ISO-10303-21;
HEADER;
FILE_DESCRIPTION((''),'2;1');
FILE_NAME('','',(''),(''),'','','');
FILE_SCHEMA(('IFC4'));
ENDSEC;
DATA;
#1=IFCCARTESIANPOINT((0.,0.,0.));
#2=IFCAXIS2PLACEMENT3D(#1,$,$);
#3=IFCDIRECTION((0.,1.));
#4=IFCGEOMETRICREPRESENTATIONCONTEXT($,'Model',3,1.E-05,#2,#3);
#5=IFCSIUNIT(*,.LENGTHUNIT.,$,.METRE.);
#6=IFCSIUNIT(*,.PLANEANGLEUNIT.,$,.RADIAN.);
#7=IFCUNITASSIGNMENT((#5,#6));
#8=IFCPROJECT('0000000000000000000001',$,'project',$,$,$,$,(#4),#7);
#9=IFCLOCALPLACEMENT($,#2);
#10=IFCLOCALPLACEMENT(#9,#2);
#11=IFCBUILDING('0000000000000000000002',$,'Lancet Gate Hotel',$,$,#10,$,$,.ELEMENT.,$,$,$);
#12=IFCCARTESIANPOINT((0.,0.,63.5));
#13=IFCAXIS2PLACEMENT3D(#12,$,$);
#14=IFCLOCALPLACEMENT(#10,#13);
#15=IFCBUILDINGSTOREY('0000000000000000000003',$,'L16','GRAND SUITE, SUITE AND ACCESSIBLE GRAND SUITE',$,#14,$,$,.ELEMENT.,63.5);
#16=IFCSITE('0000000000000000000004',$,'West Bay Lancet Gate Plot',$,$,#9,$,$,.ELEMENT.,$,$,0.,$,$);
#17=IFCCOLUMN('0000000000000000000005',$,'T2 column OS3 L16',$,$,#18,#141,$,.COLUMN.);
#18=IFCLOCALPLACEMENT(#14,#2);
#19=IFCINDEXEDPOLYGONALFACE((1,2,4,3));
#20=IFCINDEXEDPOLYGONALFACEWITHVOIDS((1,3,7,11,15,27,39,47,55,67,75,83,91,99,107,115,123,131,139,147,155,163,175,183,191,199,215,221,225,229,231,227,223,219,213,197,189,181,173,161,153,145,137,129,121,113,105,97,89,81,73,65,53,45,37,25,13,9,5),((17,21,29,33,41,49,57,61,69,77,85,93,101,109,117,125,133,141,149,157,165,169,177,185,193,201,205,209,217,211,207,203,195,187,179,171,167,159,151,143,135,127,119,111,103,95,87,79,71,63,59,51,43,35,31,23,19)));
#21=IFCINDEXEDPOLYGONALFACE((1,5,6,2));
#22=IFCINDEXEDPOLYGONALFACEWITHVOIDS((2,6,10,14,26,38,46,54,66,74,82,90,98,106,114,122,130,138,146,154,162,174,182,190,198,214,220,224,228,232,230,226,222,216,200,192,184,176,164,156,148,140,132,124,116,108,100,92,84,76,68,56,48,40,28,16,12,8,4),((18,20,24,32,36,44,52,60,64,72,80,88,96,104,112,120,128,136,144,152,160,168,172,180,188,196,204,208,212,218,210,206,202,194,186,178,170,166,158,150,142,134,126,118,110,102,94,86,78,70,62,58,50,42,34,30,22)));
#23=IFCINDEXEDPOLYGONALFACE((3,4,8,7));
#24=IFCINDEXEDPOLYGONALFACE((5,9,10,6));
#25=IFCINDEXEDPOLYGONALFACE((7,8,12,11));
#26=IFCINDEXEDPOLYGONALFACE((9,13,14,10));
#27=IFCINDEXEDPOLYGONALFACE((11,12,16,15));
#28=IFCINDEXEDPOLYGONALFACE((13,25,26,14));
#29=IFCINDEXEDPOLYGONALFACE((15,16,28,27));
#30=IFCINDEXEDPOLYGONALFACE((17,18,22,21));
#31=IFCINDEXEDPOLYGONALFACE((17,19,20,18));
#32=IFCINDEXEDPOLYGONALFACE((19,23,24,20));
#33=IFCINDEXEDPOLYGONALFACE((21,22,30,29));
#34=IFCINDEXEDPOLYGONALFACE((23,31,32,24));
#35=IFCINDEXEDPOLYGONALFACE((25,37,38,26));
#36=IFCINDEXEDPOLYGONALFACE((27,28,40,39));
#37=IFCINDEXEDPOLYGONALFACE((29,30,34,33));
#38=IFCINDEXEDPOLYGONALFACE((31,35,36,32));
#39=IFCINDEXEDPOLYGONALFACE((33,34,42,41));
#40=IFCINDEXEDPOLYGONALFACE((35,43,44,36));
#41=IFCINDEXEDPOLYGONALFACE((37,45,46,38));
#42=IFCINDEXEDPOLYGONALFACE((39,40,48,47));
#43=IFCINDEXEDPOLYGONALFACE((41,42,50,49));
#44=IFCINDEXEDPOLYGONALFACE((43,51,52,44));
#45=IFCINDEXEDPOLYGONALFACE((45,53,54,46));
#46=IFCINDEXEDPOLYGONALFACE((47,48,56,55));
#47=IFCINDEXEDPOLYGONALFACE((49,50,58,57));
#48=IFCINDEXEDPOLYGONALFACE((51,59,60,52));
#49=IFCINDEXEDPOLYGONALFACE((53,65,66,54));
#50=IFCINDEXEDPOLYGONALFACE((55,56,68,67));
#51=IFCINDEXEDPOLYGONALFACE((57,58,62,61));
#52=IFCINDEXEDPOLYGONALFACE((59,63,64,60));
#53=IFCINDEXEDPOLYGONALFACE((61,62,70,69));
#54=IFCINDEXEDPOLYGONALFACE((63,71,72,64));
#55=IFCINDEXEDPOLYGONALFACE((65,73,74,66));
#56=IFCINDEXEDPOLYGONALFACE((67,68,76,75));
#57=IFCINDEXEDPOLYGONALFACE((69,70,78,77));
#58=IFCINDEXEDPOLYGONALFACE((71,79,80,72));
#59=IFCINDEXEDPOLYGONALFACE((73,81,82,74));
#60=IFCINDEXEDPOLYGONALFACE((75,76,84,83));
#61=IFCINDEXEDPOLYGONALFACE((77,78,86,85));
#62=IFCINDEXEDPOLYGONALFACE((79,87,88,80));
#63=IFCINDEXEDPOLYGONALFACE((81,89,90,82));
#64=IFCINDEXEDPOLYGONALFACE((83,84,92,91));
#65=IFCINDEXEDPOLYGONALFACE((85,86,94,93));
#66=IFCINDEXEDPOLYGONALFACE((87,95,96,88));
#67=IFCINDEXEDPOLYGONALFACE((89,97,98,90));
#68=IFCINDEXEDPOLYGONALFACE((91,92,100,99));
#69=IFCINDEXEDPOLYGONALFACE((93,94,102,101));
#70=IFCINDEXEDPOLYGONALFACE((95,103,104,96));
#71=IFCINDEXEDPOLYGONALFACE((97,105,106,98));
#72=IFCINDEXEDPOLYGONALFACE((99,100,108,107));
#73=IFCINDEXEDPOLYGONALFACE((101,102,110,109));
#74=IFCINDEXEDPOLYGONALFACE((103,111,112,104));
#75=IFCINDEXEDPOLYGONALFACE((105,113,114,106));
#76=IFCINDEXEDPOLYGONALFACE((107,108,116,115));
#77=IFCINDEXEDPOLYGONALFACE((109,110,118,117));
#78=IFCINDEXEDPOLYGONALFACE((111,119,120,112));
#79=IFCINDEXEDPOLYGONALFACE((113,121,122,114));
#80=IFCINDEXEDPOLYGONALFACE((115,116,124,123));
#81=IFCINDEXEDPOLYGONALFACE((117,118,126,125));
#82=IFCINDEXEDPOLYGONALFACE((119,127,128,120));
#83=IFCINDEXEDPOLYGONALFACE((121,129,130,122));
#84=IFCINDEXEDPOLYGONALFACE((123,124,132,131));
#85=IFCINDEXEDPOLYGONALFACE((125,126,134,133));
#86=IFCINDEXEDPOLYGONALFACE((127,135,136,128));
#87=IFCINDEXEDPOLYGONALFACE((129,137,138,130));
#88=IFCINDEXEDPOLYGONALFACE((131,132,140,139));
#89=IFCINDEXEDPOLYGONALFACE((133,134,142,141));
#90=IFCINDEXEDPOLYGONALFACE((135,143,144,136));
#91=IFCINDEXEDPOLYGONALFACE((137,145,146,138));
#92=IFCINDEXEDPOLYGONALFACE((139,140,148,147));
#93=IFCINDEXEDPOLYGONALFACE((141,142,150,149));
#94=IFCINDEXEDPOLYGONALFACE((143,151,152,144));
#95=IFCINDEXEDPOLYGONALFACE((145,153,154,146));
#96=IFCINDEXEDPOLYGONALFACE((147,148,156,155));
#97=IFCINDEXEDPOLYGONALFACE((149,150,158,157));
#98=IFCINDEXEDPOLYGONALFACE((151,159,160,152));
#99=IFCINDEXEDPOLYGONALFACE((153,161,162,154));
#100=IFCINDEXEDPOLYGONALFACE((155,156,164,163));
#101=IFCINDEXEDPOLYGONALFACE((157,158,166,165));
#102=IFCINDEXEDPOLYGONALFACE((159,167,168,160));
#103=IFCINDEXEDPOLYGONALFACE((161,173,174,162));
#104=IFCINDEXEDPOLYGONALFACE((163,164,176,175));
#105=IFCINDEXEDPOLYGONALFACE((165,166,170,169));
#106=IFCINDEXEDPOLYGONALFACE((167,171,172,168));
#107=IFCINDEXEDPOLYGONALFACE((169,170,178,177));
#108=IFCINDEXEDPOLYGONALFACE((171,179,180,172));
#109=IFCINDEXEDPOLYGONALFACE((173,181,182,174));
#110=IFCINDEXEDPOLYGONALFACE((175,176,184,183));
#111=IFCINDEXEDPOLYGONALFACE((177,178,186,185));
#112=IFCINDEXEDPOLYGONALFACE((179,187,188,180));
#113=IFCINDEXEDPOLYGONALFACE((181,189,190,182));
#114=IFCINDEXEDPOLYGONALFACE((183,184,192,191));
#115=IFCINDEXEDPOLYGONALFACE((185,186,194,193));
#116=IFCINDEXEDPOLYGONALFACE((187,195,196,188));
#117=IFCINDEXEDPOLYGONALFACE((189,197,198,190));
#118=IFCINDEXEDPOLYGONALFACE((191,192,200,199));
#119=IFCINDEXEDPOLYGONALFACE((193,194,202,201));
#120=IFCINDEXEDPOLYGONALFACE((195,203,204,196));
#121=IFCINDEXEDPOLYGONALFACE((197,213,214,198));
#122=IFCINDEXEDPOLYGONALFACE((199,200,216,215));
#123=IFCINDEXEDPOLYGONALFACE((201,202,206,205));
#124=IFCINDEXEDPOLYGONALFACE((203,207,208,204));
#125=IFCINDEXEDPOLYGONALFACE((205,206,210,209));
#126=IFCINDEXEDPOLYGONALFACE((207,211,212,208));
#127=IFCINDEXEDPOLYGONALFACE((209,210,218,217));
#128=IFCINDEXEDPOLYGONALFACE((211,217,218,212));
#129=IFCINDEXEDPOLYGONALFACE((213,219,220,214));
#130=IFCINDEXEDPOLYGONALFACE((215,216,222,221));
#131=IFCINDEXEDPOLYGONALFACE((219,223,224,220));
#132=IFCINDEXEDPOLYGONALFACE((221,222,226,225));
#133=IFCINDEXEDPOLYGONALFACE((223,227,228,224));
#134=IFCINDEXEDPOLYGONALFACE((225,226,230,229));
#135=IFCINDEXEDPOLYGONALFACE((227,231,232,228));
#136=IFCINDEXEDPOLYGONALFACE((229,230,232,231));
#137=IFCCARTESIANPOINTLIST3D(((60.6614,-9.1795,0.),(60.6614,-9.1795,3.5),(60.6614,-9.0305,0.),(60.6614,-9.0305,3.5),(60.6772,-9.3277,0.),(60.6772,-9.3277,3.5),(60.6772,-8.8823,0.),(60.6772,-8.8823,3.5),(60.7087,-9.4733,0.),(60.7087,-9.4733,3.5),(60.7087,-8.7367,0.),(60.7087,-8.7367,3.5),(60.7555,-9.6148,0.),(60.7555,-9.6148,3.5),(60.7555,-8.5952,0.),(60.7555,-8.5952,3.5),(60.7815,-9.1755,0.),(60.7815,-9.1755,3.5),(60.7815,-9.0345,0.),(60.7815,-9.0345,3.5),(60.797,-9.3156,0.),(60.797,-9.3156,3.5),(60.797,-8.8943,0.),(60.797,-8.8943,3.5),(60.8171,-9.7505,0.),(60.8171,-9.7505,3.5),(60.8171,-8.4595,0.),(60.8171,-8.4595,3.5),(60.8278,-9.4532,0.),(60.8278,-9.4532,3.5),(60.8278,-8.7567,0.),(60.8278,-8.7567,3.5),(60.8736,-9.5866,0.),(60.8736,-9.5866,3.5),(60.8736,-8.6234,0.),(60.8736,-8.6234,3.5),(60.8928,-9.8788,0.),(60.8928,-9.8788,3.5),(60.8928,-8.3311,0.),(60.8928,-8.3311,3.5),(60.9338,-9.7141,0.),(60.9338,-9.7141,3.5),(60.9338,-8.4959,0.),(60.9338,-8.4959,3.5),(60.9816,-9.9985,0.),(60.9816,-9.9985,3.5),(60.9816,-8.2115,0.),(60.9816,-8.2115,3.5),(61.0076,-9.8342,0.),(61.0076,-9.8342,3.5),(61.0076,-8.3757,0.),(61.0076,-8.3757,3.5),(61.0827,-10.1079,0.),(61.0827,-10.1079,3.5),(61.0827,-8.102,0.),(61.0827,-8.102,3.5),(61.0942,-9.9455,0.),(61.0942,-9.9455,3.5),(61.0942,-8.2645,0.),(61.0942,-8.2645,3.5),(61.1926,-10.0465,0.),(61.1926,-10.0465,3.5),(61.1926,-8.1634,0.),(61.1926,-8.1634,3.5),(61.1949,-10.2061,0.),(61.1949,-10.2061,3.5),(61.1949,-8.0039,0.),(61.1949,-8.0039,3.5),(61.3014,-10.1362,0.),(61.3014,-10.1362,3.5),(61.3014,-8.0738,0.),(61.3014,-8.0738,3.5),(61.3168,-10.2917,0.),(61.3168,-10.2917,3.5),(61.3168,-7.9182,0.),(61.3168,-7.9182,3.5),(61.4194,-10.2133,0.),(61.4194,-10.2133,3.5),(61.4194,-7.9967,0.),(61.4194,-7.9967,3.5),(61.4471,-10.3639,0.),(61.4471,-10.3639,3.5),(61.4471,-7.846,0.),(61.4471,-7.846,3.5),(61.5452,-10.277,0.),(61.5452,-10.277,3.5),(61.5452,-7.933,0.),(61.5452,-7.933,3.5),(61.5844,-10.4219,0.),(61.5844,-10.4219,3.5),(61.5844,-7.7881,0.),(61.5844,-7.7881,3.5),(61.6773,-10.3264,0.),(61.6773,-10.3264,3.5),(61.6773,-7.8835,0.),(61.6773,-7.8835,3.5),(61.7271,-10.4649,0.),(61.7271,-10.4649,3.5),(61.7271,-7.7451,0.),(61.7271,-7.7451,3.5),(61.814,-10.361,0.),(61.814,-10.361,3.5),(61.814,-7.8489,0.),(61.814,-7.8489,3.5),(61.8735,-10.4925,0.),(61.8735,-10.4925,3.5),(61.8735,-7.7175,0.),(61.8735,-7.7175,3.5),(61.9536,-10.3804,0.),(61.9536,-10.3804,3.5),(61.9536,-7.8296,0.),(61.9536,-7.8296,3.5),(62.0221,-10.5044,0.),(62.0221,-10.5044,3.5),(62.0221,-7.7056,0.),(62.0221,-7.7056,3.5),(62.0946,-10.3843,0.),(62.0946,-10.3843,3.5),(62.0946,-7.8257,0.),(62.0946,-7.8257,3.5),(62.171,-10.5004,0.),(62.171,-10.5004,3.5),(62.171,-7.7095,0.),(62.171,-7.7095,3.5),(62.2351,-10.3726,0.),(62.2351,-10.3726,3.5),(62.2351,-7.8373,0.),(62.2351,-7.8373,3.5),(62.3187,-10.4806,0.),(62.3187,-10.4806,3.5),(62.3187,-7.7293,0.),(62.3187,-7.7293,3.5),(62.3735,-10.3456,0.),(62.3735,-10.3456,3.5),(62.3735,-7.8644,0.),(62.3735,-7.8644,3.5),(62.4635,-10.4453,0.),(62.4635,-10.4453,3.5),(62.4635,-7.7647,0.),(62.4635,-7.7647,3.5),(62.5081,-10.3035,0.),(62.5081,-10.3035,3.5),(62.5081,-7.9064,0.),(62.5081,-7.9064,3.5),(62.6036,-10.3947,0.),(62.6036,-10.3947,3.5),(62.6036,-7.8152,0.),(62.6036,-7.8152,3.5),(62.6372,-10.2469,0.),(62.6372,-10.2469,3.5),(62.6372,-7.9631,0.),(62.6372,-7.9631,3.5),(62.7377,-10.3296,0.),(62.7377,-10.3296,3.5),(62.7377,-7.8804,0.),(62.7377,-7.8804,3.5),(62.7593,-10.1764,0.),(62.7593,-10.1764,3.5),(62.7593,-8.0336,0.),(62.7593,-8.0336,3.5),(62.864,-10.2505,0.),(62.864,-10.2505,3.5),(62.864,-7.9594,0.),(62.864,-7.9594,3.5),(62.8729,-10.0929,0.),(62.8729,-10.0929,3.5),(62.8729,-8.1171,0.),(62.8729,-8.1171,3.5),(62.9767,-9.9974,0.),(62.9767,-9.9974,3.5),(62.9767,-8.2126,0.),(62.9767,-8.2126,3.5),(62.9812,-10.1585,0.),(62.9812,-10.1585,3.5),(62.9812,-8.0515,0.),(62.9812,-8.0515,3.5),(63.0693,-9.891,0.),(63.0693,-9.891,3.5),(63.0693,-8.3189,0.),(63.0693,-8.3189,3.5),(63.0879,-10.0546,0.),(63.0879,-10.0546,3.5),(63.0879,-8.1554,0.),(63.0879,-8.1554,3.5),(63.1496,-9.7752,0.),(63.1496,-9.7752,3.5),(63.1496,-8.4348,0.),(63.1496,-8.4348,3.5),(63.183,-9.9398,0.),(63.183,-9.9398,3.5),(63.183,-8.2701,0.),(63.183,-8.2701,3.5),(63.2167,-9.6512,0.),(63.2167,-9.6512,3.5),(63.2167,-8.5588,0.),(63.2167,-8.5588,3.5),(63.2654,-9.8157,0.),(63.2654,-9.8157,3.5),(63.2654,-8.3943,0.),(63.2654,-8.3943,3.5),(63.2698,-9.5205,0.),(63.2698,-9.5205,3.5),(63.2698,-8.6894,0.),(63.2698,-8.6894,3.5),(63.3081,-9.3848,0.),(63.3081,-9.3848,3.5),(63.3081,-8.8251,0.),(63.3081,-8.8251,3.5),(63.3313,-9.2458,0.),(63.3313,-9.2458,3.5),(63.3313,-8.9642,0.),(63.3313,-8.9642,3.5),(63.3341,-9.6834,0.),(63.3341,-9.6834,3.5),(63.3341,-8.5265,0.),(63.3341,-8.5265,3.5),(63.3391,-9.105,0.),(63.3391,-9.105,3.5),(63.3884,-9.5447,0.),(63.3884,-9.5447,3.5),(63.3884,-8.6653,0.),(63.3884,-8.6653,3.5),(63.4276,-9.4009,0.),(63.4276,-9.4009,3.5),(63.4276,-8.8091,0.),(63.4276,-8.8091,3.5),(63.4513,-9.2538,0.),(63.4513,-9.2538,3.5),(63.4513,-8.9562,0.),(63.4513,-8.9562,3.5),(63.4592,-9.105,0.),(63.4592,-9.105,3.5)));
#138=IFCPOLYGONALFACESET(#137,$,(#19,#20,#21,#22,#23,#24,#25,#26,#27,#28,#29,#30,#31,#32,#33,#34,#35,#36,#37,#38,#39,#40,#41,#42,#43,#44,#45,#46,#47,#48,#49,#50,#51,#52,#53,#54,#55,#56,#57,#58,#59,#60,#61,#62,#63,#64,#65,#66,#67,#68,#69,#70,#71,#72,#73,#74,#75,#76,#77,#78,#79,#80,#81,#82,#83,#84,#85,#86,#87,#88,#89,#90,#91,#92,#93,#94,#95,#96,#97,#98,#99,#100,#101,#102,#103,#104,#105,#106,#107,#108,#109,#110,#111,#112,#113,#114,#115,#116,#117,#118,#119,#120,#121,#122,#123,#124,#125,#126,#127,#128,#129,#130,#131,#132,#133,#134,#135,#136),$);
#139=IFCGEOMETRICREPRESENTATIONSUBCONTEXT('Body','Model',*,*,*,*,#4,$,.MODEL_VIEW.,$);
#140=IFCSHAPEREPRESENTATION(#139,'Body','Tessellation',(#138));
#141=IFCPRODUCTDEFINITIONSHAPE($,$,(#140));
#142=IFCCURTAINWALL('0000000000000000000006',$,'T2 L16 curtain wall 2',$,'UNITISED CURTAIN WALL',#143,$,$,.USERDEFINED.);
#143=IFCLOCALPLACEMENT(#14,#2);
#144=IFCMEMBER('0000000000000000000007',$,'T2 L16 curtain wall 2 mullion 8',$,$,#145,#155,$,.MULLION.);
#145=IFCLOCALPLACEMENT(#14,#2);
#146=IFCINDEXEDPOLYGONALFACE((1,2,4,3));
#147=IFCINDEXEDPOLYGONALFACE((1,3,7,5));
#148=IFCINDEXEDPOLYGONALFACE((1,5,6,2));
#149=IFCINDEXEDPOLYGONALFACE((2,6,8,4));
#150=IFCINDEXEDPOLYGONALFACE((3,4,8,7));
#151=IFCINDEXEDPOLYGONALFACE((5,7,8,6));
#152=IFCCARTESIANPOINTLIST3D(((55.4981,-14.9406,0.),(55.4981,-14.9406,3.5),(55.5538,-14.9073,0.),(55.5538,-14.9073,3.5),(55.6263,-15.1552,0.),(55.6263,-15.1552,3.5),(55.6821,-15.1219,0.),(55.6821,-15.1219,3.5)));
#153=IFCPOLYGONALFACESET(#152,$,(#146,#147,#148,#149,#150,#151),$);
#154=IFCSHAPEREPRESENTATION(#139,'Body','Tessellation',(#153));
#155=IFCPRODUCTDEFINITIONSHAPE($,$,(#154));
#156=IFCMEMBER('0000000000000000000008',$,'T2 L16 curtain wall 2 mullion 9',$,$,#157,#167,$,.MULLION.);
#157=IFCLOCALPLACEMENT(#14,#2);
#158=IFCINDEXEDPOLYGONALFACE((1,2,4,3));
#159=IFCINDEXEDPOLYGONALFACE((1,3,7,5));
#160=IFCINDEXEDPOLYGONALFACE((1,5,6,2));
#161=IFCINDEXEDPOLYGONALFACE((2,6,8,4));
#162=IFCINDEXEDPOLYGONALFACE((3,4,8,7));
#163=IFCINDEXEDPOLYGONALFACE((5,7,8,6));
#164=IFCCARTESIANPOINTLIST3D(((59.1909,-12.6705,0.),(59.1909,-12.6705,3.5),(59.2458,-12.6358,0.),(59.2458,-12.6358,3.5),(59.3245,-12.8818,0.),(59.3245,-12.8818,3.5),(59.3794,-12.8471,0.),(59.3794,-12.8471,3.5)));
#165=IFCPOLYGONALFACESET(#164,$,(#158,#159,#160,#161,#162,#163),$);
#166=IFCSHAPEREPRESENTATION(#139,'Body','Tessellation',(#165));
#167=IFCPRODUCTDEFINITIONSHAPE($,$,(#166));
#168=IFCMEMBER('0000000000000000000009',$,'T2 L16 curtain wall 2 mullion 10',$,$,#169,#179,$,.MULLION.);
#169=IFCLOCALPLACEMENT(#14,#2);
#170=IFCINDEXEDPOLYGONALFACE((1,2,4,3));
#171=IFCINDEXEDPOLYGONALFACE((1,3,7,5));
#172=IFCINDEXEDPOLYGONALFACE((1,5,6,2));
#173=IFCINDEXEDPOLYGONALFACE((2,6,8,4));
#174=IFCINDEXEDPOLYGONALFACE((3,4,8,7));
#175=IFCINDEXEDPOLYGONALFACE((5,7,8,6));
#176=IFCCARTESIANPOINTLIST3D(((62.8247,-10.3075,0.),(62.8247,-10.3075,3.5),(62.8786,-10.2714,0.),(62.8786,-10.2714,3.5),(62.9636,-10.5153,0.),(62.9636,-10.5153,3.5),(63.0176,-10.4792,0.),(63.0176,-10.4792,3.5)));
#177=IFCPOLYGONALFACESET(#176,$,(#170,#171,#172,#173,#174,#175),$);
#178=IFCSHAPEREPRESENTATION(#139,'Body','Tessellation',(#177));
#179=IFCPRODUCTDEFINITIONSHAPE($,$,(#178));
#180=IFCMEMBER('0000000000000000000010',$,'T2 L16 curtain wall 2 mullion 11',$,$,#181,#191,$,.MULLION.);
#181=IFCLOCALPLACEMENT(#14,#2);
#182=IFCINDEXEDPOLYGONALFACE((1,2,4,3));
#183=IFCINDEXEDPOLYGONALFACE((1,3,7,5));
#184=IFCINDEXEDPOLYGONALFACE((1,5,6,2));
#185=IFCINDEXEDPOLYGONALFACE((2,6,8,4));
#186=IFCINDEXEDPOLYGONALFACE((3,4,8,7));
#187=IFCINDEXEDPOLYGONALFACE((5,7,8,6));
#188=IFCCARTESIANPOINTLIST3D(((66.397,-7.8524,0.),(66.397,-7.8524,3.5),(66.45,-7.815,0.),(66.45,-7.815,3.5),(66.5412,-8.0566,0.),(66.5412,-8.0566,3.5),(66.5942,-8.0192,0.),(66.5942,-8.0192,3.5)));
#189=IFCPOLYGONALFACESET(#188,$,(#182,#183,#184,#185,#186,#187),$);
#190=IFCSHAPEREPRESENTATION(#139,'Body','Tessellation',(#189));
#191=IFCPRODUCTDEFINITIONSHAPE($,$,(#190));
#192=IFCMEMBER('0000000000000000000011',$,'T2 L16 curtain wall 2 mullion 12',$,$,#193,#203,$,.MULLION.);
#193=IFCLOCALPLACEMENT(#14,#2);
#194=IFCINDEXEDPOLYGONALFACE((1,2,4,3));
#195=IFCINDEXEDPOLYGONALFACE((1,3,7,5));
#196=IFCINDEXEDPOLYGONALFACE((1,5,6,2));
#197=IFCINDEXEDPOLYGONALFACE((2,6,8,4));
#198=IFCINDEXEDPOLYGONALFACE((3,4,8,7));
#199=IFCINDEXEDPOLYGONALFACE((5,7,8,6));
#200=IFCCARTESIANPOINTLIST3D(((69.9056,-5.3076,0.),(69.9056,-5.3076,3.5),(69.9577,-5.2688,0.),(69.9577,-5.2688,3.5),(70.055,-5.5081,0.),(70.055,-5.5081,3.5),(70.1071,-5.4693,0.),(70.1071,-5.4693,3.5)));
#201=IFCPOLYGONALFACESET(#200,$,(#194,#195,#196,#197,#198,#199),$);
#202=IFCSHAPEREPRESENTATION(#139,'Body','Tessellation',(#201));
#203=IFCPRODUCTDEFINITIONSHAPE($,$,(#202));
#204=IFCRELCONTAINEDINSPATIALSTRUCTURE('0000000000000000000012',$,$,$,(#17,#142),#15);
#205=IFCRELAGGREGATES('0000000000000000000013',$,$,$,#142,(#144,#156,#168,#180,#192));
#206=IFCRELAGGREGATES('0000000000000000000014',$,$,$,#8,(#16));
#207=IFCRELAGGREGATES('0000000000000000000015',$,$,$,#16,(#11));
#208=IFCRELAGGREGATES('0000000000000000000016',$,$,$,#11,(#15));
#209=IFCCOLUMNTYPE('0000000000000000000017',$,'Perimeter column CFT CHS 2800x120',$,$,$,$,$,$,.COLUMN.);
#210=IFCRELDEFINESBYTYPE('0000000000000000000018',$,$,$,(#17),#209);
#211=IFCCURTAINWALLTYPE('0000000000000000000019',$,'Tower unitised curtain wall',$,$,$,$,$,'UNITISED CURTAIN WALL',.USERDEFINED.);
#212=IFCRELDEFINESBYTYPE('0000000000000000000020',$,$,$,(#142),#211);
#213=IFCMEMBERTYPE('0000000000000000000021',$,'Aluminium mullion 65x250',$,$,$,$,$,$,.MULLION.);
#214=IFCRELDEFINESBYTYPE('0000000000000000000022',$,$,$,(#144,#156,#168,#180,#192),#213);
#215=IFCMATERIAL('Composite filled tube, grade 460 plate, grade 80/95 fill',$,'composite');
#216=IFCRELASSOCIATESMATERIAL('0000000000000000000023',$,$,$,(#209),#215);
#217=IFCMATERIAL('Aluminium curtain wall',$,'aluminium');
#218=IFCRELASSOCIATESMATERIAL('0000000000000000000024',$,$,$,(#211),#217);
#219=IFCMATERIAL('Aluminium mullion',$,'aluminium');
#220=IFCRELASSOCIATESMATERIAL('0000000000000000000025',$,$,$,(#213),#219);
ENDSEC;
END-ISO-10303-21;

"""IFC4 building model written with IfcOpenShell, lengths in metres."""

from ifc_helpers import new_model, si_unit, direction, frame, origin, origin_2d, place, context, subcontext, project, spatial, rectangle, hollow_circle, extrude, material, material_profile, profile_set, type_object, element, aggregate, save


model = new_model("IFC4")

# Units and contexts
model_context = context("Model", 3, precision=1e-05, world=origin(), true_north=direction((0.0, 1.0)))
body_context = subcontext(model_context, "Body", "Model", "MODEL_VIEW")
ifc_project = project(units=[si_unit("LENGTHUNIT", "METRE"), si_unit("PLANEANGLEUNIT", "RADIAN")], contexts=[model_context])

# Site, building, storey
site_placement = place(None, origin())
site = spatial("IfcSite", under=ifc_project, at=site_placement, Name="West Bay Lancet Gate Plot", CompositionType="ELEMENT", RefElevation=0.0)
building_placement = place(site_placement, origin())
building = spatial("IfcBuilding", under=site, at=building_placement, Name="Lancet Gate Hotel", CompositionType="ELEMENT")
storey_placement = place(building_placement, frame((0.0, 0.0, 63.5)))
storey = spatial("IfcBuildingStorey", under=building, at=storey_placement, Name="L16", Description="GRAND SUITE, SUITE AND ACCESSIBLE GRAND SUITE", CompositionType="ELEMENT", Elevation=63.5)

# Column
ifc_material_1 = material(Name="Composite filled tube, grade 460 plate, grade 80/95 fill", Category="composite")
ifc_material_profile_1 = material_profile(ifc_material_1, hollow_circle(Radius=1.3999, WallThickness=0.1201, at=origin_2d()), Name="CHS 2800x120")
ifc_profile_set_1 = profile_set([ifc_material_profile_1], Name="Composite filled tube, grade 460 plate, grade 80/95 fill")
column_type = type_object("IfcColumnType", Name="Perimeter column CFT CHS 2800x120", PredefinedType="COLUMN", material=ifc_profile_set_1)
for number, where, z_axis, x_axis, name in (
    (1, (62.0593, -9.105, 0.0), (0.0, 0.0, 1.0), (1.0, 0.0, 0.0), "T2 column OS3 L16"),
):
    element("IfcColumn", number, at=place(storey_placement, frame(where, z_axis=z_axis, x_axis=x_axis)), inside=storey, type_object=column_type, Name=name, PredefinedType="COLUMN", context=body_context, shape_type="SweptSolid", body=[
        extrude(hollow_circle(Radius=1.3999, WallThickness=0.1201, at=origin_2d()), origin(), (0.0, 0.0, 1.0), 3.5),
    ])

# Curtain wall, members
ifc_material_2 = material(Name="Aluminium curtain wall", Category="aluminium")
curtain_wall_type = type_object("IfcCurtainWallType", Name="Tower unitised curtain wall", ElementType="UNITISED CURTAIN WALL", PredefinedType="USERDEFINED", material=ifc_material_2)
curtain_wall_placement = place(storey_placement, origin())
curtain_wall = element("IfcCurtainWall", 2, at=curtain_wall_placement, inside=storey, type_object=curtain_wall_type, Name="T2 L16 curtain wall 2", ObjectType="UNITISED CURTAIN WALL", PredefinedType="USERDEFINED")
ifc_material_3 = material(Name="Aluminium mullion", Category="aluminium")
ifc_material_profile_2 = material_profile(ifc_material_3, rectangle(XDim=0.0649, YDim=0.25, at=origin_2d()), Name="MULLION 65x250")
ifc_profile_set_2 = profile_set([ifc_material_profile_2], Name="Aluminium mullion")
member_type_1 = type_object("IfcMemberType", Name="Aluminium mullion 65x250", PredefinedType="MULLION", material=ifc_profile_set_2)
member_1_placement = place(storey_placement, frame((55.5901, -15.0312, 0.0), z_axis=(0.0, 0.0, 1.0), x_axis=(0.858413, 0.512959, 0.0)))
member_1 = element("IfcMember", 3, at=member_1_placement, type_object=member_type_1, Name="T2 L16 curtain wall 2 mullion 8", PredefinedType="MULLION", context=body_context, shape_type="SweptSolid", body=[
    extrude(rectangle(XDim=0.0649, YDim=0.25, at=origin_2d()), origin(), (0.0, 0.0, 1.0), 3.5),
])
member_2_placement = place(storey_placement, frame((59.2852, -12.7588, 0.0), z_axis=(0.0, 0.0, 1.0), x_axis=(0.845079, 0.534641, 0.0)))
member_2 = element("IfcMember", 4, at=member_2_placement, type_object=member_type_1, Name="T2 L16 curtain wall 2 mullion 9", PredefinedType="MULLION", context=body_context, shape_type="SweptSolid", body=[
    extrude(rectangle(XDim=0.0649, YDim=0.25, at=origin_2d()), origin(), (0.0, 0.0, 1.0), 3.5),
])
member_3_placement = place(storey_placement, frame((62.9211, -10.3933, 0.0), z_axis=(0.0, 0.0, 1.0), x_axis=(0.831198, 0.555976, 0.0)))
member_3 = element("IfcMember", 5, at=member_3_placement, type_object=member_type_1, Name="T2 L16 curtain wall 2 mullion 10", PredefinedType="MULLION", context=body_context, shape_type="SweptSolid", body=[
    extrude(rectangle(XDim=0.0649, YDim=0.25, at=origin_2d()), origin(), (0.0, 0.0, 1.0), 3.5),
])
member_4_placement = place(storey_placement, frame((66.4956, -7.9358, 0.0), z_axis=(0.0, 0.0, 1.0), x_axis=(0.816779, 0.576951, 0.0)))
member_4 = element("IfcMember", 6, at=member_4_placement, type_object=member_type_1, Name="T2 L16 curtain wall 2 mullion 11", PredefinedType="MULLION", context=body_context, shape_type="SweptSolid", body=[
    extrude(rectangle(XDim=0.0649, YDim=0.25, at=origin_2d()), origin(), (0.0, 0.0, 1.0), 3.5),
])
member_5_placement = place(storey_placement, frame((70.0063, -5.3884, 0.0), z_axis=(0.0, 0.0, 1.0), x_axis=(0.80183, 0.597552, 0.0)))
member_5 = element("IfcMember", 7, at=member_5_placement, type_object=member_type_1, Name="T2 L16 curtain wall 2 mullion 12", PredefinedType="MULLION", context=body_context, shape_type="SweptSolid", body=[
    extrude(rectangle(XDim=0.0649, YDim=0.25, at=origin_2d()), origin(), (0.0, 0.0, 1.0), 3.5),
])

aggregate(curtain_wall, [member_1, member_2, member_3, member_4, member_5])

save(model, "model.ifc")
